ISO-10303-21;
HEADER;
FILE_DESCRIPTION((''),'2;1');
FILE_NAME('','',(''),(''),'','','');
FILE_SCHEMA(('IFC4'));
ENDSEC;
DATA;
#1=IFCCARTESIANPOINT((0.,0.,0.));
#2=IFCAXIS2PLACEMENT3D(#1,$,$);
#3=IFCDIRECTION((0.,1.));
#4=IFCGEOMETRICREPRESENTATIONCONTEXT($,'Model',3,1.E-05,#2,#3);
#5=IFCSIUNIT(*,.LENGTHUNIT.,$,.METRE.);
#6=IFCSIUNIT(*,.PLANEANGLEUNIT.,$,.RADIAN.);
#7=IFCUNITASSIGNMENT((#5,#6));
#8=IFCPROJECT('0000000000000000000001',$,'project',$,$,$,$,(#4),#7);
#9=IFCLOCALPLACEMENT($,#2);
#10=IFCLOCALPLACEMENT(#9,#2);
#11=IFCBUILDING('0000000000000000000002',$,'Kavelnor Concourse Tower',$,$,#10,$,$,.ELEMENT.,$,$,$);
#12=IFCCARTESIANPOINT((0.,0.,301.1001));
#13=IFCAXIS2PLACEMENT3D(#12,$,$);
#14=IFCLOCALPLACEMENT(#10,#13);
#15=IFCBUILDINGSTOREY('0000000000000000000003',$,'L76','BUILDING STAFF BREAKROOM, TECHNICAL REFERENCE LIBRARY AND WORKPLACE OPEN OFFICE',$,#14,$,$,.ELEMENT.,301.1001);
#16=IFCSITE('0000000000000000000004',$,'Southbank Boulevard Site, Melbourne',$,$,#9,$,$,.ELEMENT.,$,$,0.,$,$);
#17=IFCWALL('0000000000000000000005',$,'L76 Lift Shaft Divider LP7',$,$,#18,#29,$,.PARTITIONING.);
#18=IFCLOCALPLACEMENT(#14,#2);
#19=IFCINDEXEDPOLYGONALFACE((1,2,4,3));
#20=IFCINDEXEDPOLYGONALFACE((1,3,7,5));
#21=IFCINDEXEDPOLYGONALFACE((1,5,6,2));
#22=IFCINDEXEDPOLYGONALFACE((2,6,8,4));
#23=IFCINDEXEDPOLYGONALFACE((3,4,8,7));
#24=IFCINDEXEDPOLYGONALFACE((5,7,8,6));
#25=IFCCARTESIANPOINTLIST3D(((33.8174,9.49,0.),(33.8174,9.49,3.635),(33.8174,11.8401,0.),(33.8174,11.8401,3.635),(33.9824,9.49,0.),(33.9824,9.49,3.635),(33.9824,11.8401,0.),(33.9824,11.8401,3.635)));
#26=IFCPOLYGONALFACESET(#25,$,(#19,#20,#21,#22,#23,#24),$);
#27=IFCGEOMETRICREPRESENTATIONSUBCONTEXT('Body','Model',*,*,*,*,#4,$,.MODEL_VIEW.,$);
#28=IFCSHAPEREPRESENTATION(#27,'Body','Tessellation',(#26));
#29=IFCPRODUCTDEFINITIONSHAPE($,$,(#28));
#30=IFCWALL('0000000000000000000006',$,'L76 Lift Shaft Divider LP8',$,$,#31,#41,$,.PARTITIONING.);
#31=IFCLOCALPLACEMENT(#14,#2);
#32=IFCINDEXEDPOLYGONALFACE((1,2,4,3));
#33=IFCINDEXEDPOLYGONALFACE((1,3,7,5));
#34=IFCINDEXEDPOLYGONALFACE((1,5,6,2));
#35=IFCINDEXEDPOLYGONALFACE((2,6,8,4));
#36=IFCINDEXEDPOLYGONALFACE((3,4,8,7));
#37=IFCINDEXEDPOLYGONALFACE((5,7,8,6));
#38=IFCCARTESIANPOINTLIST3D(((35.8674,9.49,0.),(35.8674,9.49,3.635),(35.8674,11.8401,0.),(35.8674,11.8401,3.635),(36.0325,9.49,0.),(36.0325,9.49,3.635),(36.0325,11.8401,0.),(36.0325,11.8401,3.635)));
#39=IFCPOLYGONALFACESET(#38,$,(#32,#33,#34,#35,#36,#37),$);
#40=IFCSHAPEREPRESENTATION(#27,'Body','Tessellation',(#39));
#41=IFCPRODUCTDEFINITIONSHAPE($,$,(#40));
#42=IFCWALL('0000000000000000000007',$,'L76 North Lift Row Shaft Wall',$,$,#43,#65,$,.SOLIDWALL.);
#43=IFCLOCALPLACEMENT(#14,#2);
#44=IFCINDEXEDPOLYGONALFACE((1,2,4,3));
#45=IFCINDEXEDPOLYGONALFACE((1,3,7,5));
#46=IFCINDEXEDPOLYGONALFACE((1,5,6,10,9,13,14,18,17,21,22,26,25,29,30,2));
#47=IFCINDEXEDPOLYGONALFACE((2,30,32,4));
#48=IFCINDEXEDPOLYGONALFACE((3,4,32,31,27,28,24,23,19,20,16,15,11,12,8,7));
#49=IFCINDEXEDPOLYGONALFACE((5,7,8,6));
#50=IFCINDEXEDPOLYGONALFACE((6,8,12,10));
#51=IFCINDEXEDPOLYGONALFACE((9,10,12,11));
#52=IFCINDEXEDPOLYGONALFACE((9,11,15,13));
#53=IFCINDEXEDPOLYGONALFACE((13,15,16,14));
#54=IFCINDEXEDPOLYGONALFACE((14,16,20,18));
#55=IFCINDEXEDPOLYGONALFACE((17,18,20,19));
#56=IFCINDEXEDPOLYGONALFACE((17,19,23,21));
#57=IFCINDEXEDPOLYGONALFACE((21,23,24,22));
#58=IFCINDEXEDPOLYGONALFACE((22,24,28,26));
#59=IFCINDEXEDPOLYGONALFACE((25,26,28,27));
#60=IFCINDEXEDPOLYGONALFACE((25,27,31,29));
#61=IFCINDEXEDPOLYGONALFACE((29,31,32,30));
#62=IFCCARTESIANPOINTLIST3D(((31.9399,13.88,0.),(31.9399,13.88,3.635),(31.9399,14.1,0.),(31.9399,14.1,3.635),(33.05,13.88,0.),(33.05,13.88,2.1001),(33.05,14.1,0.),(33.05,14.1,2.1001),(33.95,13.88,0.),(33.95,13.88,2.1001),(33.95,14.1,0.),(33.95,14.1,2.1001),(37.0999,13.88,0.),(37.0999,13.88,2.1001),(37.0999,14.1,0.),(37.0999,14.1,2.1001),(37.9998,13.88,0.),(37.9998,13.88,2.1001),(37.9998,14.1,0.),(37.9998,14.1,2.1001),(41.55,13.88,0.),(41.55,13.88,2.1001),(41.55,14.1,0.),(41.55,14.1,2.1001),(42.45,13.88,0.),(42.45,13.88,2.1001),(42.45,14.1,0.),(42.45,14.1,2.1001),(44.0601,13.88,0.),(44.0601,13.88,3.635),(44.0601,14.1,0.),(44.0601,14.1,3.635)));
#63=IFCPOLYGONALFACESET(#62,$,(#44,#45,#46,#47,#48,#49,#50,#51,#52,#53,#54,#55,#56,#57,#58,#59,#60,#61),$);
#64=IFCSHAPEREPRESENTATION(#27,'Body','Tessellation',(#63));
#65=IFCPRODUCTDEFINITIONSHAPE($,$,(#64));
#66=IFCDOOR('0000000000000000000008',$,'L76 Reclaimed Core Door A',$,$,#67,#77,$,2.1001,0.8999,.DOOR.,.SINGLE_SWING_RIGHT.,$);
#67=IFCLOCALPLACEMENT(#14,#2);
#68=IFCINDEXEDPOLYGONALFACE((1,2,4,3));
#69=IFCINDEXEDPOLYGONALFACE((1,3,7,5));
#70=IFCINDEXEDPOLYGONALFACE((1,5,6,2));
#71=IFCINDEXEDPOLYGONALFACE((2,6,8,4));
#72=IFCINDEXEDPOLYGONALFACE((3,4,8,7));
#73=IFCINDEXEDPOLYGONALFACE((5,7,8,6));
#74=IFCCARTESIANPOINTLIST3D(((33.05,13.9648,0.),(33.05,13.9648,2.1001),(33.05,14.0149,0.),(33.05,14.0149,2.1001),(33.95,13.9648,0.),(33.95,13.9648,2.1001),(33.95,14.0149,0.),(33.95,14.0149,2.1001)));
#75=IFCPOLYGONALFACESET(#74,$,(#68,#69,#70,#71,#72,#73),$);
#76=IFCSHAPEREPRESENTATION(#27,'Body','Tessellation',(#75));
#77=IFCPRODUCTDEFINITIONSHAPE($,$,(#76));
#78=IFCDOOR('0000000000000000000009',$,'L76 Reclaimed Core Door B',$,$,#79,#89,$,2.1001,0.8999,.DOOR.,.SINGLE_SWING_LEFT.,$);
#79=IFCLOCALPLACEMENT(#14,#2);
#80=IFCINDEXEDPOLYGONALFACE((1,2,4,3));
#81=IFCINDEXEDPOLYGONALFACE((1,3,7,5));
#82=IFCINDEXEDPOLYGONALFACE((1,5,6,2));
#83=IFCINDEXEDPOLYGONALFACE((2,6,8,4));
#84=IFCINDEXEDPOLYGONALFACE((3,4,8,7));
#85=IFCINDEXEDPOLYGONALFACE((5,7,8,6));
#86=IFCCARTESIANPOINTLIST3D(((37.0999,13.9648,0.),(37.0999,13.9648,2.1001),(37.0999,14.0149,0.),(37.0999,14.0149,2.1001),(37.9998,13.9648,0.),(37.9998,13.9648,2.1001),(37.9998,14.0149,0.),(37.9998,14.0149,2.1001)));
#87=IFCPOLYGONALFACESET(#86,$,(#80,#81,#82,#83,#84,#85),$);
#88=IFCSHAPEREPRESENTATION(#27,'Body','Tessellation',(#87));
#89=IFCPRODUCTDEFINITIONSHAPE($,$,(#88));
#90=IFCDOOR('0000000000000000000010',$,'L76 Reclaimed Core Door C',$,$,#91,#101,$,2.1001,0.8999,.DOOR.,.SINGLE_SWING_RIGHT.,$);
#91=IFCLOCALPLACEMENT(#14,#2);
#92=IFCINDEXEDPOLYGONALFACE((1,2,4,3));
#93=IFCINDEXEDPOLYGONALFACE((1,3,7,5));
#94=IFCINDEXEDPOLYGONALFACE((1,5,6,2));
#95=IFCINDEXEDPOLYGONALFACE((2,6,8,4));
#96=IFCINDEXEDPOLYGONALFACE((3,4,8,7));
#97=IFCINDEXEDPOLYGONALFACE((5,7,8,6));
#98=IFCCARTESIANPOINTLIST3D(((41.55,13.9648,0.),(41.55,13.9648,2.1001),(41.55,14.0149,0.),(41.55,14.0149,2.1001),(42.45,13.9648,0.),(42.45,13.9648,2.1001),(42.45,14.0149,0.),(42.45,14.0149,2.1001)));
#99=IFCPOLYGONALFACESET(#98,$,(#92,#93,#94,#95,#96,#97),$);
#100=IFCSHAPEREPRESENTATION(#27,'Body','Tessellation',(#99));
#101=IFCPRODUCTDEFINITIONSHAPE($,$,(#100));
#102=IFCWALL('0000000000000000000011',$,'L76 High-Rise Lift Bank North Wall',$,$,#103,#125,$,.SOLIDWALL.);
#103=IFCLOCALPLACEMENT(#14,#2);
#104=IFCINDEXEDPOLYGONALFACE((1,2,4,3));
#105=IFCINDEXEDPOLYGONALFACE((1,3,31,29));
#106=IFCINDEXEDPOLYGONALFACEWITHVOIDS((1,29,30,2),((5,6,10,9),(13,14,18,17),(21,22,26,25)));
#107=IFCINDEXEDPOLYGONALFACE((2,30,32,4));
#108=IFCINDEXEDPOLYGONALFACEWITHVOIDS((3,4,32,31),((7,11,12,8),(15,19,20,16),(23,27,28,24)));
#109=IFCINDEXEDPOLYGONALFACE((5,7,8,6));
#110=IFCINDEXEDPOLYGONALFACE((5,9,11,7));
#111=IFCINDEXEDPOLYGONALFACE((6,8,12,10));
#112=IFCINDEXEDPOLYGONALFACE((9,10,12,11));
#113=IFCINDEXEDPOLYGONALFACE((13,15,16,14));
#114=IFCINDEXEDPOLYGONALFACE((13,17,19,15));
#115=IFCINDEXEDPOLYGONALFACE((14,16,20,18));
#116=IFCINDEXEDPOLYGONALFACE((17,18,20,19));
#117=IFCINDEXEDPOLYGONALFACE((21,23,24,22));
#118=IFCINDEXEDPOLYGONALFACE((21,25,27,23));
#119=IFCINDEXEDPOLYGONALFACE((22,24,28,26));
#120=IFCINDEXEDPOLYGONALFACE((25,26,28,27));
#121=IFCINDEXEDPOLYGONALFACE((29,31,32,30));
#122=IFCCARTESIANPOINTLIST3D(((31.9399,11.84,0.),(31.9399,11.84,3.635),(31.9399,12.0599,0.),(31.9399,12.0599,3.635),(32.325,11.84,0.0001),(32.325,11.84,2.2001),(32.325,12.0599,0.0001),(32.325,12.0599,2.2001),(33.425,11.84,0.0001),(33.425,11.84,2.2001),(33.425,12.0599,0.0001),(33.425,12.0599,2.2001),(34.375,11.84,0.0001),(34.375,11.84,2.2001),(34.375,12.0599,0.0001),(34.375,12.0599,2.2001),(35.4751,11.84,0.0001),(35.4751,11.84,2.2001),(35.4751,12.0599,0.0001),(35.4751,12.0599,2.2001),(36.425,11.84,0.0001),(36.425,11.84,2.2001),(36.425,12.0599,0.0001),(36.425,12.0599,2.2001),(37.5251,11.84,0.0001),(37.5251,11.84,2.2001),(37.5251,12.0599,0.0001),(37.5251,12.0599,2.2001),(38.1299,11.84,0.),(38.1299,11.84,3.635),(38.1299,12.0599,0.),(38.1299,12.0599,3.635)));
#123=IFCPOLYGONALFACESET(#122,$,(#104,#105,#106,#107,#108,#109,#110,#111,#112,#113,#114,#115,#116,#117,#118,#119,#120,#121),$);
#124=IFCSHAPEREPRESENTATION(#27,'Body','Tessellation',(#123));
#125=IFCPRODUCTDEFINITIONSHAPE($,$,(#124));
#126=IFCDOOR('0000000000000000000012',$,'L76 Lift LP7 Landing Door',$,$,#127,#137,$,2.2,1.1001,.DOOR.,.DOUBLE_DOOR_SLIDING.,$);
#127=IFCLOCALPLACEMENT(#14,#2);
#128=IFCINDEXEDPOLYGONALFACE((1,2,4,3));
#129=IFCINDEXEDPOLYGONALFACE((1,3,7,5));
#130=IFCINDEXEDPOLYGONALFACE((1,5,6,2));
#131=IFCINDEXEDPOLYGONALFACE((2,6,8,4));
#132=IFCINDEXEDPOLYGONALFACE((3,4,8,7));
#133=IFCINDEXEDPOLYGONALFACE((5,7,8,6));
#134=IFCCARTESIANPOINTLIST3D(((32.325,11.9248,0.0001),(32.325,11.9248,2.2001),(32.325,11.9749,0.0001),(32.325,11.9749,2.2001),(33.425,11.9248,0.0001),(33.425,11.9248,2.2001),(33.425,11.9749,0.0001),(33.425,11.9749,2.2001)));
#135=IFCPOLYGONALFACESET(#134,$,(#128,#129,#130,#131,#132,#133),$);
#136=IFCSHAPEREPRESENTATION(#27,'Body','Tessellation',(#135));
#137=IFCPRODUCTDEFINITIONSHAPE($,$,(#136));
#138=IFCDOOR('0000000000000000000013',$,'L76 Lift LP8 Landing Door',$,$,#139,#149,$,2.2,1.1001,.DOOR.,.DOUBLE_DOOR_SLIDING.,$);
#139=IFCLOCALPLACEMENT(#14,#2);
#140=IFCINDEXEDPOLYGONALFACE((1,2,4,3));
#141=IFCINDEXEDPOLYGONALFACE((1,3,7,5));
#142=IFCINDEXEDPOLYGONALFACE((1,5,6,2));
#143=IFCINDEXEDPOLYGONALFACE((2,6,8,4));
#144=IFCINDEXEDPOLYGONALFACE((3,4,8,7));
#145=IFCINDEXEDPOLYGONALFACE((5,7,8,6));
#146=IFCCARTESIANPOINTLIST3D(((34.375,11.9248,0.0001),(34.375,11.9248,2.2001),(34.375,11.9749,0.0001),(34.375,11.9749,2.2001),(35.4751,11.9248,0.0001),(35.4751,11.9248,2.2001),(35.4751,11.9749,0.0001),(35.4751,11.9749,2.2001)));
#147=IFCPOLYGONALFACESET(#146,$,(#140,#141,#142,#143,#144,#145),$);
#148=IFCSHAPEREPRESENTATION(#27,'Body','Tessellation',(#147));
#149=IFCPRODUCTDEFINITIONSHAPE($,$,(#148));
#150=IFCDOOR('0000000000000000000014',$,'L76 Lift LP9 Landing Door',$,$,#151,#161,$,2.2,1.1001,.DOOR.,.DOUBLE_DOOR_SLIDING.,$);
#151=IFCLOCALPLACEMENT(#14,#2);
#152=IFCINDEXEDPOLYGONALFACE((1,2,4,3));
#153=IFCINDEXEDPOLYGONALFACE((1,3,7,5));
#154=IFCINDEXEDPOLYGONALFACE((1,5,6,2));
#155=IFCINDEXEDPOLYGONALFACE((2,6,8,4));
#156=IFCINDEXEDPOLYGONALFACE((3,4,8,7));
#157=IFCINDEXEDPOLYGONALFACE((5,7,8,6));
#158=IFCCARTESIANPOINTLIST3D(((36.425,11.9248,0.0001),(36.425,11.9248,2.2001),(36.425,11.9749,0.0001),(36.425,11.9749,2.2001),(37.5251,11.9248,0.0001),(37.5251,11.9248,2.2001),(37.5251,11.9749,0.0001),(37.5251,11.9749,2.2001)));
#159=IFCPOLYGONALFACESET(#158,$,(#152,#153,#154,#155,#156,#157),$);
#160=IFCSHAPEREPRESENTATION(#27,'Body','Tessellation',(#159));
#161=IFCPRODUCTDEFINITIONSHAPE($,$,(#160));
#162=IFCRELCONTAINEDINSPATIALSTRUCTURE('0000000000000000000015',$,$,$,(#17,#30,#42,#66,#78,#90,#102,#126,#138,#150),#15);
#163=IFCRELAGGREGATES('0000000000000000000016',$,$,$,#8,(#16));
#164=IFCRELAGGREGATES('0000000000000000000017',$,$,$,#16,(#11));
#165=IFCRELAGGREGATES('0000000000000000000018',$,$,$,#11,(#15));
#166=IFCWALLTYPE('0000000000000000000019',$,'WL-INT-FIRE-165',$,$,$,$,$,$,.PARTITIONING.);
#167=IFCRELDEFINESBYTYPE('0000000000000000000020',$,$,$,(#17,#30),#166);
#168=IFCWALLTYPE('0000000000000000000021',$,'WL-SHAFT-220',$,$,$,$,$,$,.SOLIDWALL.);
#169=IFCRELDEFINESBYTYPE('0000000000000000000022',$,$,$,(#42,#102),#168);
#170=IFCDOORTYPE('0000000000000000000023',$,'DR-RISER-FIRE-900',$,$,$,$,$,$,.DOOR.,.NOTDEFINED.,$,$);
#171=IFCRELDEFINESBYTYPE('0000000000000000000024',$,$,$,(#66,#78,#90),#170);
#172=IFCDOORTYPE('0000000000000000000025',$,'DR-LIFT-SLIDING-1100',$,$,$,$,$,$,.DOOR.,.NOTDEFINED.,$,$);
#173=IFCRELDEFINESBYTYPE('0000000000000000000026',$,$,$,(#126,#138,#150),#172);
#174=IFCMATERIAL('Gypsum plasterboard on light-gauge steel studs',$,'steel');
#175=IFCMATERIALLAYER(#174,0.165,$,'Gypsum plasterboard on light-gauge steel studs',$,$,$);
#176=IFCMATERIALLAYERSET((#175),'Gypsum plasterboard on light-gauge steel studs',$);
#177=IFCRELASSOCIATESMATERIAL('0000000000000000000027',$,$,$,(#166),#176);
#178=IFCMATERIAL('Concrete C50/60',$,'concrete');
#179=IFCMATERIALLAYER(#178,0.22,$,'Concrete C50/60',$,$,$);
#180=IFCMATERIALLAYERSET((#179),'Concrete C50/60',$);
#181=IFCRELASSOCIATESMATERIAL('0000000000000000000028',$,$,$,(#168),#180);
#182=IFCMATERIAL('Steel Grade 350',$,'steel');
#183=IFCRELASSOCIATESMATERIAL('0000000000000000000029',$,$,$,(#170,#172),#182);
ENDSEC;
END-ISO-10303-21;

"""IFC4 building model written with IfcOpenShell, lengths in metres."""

from ifc_helpers import new_model, si_unit, direction, frame, frame_2d, origin, place, context, subcontext, project, spatial, rectangle, extrude, material, layer, layer_set, type_object, element, fill, save


model = new_model("IFC4")

# Units and contexts
model_context = context("Model", 3, precision=1e-05, world=origin(), true_north=direction((0.0, 1.0)))
body_context = subcontext(model_context, "Body", "Model", "MODEL_VIEW")
ifc_project = project(units=[si_unit("LENGTHUNIT", "METRE"), si_unit("PLANEANGLEUNIT", "RADIAN")], contexts=[model_context])

# Site, building, storey
site_placement = place(None, origin())
site = spatial("IfcSite", under=ifc_project, at=site_placement, Name="Southbank Boulevard Site, Melbourne", CompositionType="ELEMENT", RefElevation=0.0)
building_placement = place(site_placement, origin())
building = spatial("IfcBuilding", under=site, at=building_placement, Name="Kavelnor Concourse Tower", CompositionType="ELEMENT")
storey_placement = place(building_placement, frame((0.0, 0.0, 301.1001)))
storey = spatial("IfcBuildingStorey", under=building, at=storey_placement, Name="L76", Description="BUILDING STAFF BREAKROOM, TECHNICAL REFERENCE LIBRARY AND WORKPLACE OPEN OFFICE", CompositionType="ELEMENT", Elevation=301.1001)

# Shared definitions
ifc_material_1 = material(Name="Steel Grade 350", Category="steel")

# Walls
ifc_material_2 = material(Name="Gypsum plasterboard on light-gauge steel studs", Category="steel")
ifc_layer_1 = layer(ifc_material_2, 0.165, Name="Gypsum plasterboard on light-gauge steel studs")
ifc_layer_set_1 = layer_set([ifc_layer_1], Name="Gypsum plasterboard on light-gauge steel studs")
wall_type_1 = type_object("IfcWallType", Name="WL-INT-FIRE-165", PredefinedType="PARTITIONING", material=ifc_layer_set_1)
for number, where, z_axis, x_axis, name in (
    (1, (33.8999, 9.49, 0.0), (0.0, 0.0, 1.0), (0.0, 1.0, 0.0), "L76 Lift Shaft Divider LP7"),
    (2, (35.95, 9.49, 0.0), (0.0, 0.0, 1.0), (0.0, 1.0, 0.0), "L76 Lift Shaft Divider LP8"),
):
    element("IfcWall", number, at=place(storey_placement, frame(where, z_axis=z_axis, x_axis=x_axis)), inside=storey, type_object=wall_type_1, Name=name, PredefinedType="PARTITIONING", context=body_context, shape_type="SweptSolid", body=[
        extrude(rectangle(XDim=2.3501, YDim=0.165, at=frame_2d((1.175, 0.0))), origin(), (0.0, 0.0, 1.0), 3.635),
    ])

# Walls, openings, doors
ifc_material_3 = material(Name="Concrete C50/60", Category="concrete")
ifc_layer_2 = layer(ifc_material_3, 0.22, Name="Concrete C50/60")
ifc_layer_set_2 = layer_set([ifc_layer_2], Name="Concrete C50/60")
wall_type_2 = type_object("IfcWallType", Name="WL-SHAFT-220", PredefinedType="SOLIDWALL", material=ifc_layer_set_2)
wall_1_placement = place(storey_placement, frame((31.9399, 13.99, 0.0), z_axis=(0.0, 0.0, 1.0), x_axis=(1.0, 0.0, 0.0)))
wall_1 = element("IfcWall", 3, at=wall_1_placement, inside=storey, type_object=wall_type_2, Name="L76 North Lift Row Shaft Wall", PredefinedType="SOLIDWALL", context=body_context, shape_type="SweptSolid", body=[
    extrude(rectangle(XDim=12.1201, YDim=0.22, at=frame_2d((6.0601, 0.0))), origin(), (0.0, 0.0, 1.0), 3.635),
])
opening_1_placement = place(wall_1_placement, frame((1.1101, 0.0, 0.0)))
opening_1 = element("IfcOpeningElement", 4, at=opening_1_placement, cuts=wall_1, PredefinedType="OPENING", context=body_context, shape_type="SweptSolid", body=[
    extrude(rectangle(XDim=0.8999, YDim=2.1001, at=frame_2d((0.45, 1.05))), frame((0.0, 0.1201, 0.0), z_axis=(0.0, -1.0, 0.0), x_axis=(1.0, 0.0, 0.0)), (0.0, 0.0, 1.0), 0.24),
])
opening_2_placement = place(wall_1_placement, frame((5.1599, 0.0, 0.0)))
opening_2 = element("IfcOpeningElement", 5, at=opening_2_placement, cuts=wall_1, PredefinedType="OPENING", context=body_context, shape_type="SweptSolid", body=[
    extrude(rectangle(XDim=0.8999, YDim=2.1001, at=frame_2d((0.45, 1.05))), frame((0.0, 0.1201, 0.0), z_axis=(0.0, -1.0, 0.0), x_axis=(1.0, 0.0, 0.0)), (0.0, 0.0, 1.0), 0.24),
])
opening_3_placement = place(wall_1_placement, frame((9.6101, 0.0, 0.0)))
opening_3 = element("IfcOpeningElement", 6, at=opening_3_placement, cuts=wall_1, PredefinedType="OPENING", context=body_context, shape_type="SweptSolid", body=[
    extrude(rectangle(XDim=0.8999, YDim=2.1001, at=frame_2d((0.45, 1.05))), frame((0.0, 0.1201, 0.0), z_axis=(0.0, -1.0, 0.0), x_axis=(1.0, 0.0, 0.0)), (0.0, 0.0, 1.0), 0.24),
])
door_type_1 = type_object("IfcDoorType", Name="DR-RISER-FIRE-900", OperationType="NOTDEFINED", PredefinedType="DOOR", material=ifc_material_1)
door_1_placement = place(opening_1_placement, origin())
door_1 = element("IfcDoor", 7, at=door_1_placement, inside=storey, type_object=door_type_1, Name="L76 Reclaimed Core Door A", OperationType="SINGLE_SWING_RIGHT", OverallHeight=2.1001, OverallWidth=0.8999, PredefinedType="DOOR", context=body_context, shape_type="SweptSolid", body=[
    extrude(rectangle(XDim=0.8999, YDim=2.1001, at=frame_2d((0.45, 1.05))), frame((0.0, 0.0249, 0.0), z_axis=(0.0, -1.0, 0.0), x_axis=(1.0, 0.0, 0.0)), (0.0, 0.0, 1.0), 0.05),
])
fill(opening_1, door_1)
door_2_placement = place(opening_2_placement, origin())
door_2 = element("IfcDoor", 8, at=door_2_placement, inside=storey, type_object=door_type_1, Name="L76 Reclaimed Core Door B", OperationType="SINGLE_SWING_LEFT", OverallHeight=2.1001, OverallWidth=0.8999, PredefinedType="DOOR", context=body_context, shape_type="SweptSolid", body=[
    extrude(rectangle(XDim=0.8999, YDim=2.1001, at=frame_2d((0.45, 1.05))), frame((0.0, 0.0249, 0.0), z_axis=(0.0, -1.0, 0.0), x_axis=(1.0, 0.0, 0.0)), (0.0, 0.0, 1.0), 0.05),
])
fill(opening_2, door_2)
door_3_placement = place(opening_3_placement, origin())
door_3 = element("IfcDoor", 9, at=door_3_placement, inside=storey, type_object=door_type_1, Name="L76 Reclaimed Core Door C", OperationType="SINGLE_SWING_RIGHT", OverallHeight=2.1001, OverallWidth=0.8999, PredefinedType="DOOR", context=body_context, shape_type="SweptSolid", body=[
    extrude(rectangle(XDim=0.8999, YDim=2.1001, at=frame_2d((0.45, 1.05))), frame((0.0, 0.0249, 0.0), z_axis=(0.0, -1.0, 0.0), x_axis=(1.0, 0.0, 0.0)), (0.0, 0.0, 1.0), 0.05),
])
fill(opening_3, door_3)
wall_2_placement = place(storey_placement, frame((31.9399, 11.95, 0.0), z_axis=(0.0, 0.0, 1.0), x_axis=(1.0, 0.0, 0.0)))
wall_2 = element("IfcWall", 10, at=wall_2_placement, inside=storey, type_object=wall_type_2, Name="L76 High-Rise Lift Bank North Wall", PredefinedType="SOLIDWALL", context=body_context, shape_type="SweptSolid", body=[
    extrude(rectangle(XDim=6.1899, YDim=0.22, at=frame_2d((3.095, 0.0))), origin(), (0.0, 0.0, 1.0), 3.635),
])
opening_4_placement = place(wall_2_placement, frame((0.385, 0.0, 0.0)))
opening_4 = element("IfcOpeningElement", 11, at=opening_4_placement, cuts=wall_2, PredefinedType="OPENING", context=body_context, shape_type="SweptSolid", body=[
    extrude(rectangle(XDim=1.1001, YDim=2.2, at=frame_2d((0.55, 1.1001))), frame((0.0, 0.1201, 0.0), z_axis=(0.0, -1.0, 0.0), x_axis=(1.0, 0.0, 0.0)), (0.0, 0.0, 1.0), 0.24),
])
opening_5_placement = place(wall_2_placement, frame((2.4351, 0.0, 0.0)))
opening_5 = element("IfcOpeningElement", 12, at=opening_5_placement, cuts=wall_2, PredefinedType="OPENING", context=body_context, shape_type="SweptSolid", body=[
    extrude(rectangle(XDim=1.1001, YDim=2.2, at=frame_2d((0.55, 1.1001))), frame((0.0, 0.1201, 0.0), z_axis=(0.0, -1.0, 0.0), x_axis=(1.0, 0.0, 0.0)), (0.0, 0.0, 1.0), 0.24),
])
opening_6_placement = place(wall_2_placement, frame((4.4851, 0.0, 0.0)))
opening_6 = element("IfcOpeningElement", 13, at=opening_6_placement, cuts=wall_2, PredefinedType="OPENING", context=body_context, shape_type="SweptSolid", body=[
    extrude(rectangle(XDim=1.1001, YDim=2.2, at=frame_2d((0.55, 1.1001))), frame((0.0, 0.1201, 0.0), z_axis=(0.0, -1.0, 0.0), x_axis=(1.0, 0.0, 0.0)), (0.0, 0.0, 1.0), 0.24),
])
door_type_2 = type_object("IfcDoorType", Name="DR-LIFT-SLIDING-1100", OperationType="NOTDEFINED", PredefinedType="DOOR", material=ifc_material_1)
door_4_placement = place(opening_4_placement, origin())
door_4 = element("IfcDoor", 14, at=door_4_placement, inside=storey, type_object=door_type_2, Name="L76 Lift LP7 Landing Door", OperationType="DOUBLE_DOOR_SLIDING", OverallHeight=2.2, OverallWidth=1.1001, PredefinedType="DOOR", context=body_context, shape_type="SweptSolid", body=[
    extrude(rectangle(XDim=1.1001, YDim=2.2, at=frame_2d((0.55, 1.1001))), frame((0.0, 0.0249, 0.0), z_axis=(0.0, -1.0, 0.0), x_axis=(1.0, 0.0, 0.0)), (0.0, 0.0, 1.0), 0.05),
])
fill(opening_4, door_4)
door_5_placement = place(opening_5_placement, origin())
door_5 = element("IfcDoor", 15, at=door_5_placement, inside=storey, type_object=door_type_2, Name="L76 Lift LP8 Landing Door", OperationType="DOUBLE_DOOR_SLIDING", OverallHeight=2.2, OverallWidth=1.1001, PredefinedType="DOOR", context=body_context, shape_type="SweptSolid", body=[
    extrude(rectangle(XDim=1.1001, YDim=2.2, at=frame_2d((0.55, 1.1001))), frame((0.0, 0.0249, 0.0), z_axis=(0.0, -1.0, 0.0), x_axis=(1.0, 0.0, 0.0)), (0.0, 0.0, 1.0), 0.05),
])
fill(opening_5, door_5)
door_6_placement = place(opening_6_placement, origin())
door_6 = element("IfcDoor", 16, at=door_6_placement, inside=storey, type_object=door_type_2, Name="L76 Lift LP9 Landing Door", OperationType="DOUBLE_DOOR_SLIDING", OverallHeight=2.2, OverallWidth=1.1001, PredefinedType="DOOR", context=body_context, shape_type="SweptSolid", body=[
    extrude(rectangle(XDim=1.1001, YDim=2.2, at=frame_2d((0.55, 1.1001))), frame((0.0, 0.0249, 0.0), z_axis=(0.0, -1.0, 0.0), x_axis=(1.0, 0.0, 0.0)), (0.0, 0.0, 1.0), 0.05),
])
fill(opening_6, door_6)

save(model, "model.ifc")
